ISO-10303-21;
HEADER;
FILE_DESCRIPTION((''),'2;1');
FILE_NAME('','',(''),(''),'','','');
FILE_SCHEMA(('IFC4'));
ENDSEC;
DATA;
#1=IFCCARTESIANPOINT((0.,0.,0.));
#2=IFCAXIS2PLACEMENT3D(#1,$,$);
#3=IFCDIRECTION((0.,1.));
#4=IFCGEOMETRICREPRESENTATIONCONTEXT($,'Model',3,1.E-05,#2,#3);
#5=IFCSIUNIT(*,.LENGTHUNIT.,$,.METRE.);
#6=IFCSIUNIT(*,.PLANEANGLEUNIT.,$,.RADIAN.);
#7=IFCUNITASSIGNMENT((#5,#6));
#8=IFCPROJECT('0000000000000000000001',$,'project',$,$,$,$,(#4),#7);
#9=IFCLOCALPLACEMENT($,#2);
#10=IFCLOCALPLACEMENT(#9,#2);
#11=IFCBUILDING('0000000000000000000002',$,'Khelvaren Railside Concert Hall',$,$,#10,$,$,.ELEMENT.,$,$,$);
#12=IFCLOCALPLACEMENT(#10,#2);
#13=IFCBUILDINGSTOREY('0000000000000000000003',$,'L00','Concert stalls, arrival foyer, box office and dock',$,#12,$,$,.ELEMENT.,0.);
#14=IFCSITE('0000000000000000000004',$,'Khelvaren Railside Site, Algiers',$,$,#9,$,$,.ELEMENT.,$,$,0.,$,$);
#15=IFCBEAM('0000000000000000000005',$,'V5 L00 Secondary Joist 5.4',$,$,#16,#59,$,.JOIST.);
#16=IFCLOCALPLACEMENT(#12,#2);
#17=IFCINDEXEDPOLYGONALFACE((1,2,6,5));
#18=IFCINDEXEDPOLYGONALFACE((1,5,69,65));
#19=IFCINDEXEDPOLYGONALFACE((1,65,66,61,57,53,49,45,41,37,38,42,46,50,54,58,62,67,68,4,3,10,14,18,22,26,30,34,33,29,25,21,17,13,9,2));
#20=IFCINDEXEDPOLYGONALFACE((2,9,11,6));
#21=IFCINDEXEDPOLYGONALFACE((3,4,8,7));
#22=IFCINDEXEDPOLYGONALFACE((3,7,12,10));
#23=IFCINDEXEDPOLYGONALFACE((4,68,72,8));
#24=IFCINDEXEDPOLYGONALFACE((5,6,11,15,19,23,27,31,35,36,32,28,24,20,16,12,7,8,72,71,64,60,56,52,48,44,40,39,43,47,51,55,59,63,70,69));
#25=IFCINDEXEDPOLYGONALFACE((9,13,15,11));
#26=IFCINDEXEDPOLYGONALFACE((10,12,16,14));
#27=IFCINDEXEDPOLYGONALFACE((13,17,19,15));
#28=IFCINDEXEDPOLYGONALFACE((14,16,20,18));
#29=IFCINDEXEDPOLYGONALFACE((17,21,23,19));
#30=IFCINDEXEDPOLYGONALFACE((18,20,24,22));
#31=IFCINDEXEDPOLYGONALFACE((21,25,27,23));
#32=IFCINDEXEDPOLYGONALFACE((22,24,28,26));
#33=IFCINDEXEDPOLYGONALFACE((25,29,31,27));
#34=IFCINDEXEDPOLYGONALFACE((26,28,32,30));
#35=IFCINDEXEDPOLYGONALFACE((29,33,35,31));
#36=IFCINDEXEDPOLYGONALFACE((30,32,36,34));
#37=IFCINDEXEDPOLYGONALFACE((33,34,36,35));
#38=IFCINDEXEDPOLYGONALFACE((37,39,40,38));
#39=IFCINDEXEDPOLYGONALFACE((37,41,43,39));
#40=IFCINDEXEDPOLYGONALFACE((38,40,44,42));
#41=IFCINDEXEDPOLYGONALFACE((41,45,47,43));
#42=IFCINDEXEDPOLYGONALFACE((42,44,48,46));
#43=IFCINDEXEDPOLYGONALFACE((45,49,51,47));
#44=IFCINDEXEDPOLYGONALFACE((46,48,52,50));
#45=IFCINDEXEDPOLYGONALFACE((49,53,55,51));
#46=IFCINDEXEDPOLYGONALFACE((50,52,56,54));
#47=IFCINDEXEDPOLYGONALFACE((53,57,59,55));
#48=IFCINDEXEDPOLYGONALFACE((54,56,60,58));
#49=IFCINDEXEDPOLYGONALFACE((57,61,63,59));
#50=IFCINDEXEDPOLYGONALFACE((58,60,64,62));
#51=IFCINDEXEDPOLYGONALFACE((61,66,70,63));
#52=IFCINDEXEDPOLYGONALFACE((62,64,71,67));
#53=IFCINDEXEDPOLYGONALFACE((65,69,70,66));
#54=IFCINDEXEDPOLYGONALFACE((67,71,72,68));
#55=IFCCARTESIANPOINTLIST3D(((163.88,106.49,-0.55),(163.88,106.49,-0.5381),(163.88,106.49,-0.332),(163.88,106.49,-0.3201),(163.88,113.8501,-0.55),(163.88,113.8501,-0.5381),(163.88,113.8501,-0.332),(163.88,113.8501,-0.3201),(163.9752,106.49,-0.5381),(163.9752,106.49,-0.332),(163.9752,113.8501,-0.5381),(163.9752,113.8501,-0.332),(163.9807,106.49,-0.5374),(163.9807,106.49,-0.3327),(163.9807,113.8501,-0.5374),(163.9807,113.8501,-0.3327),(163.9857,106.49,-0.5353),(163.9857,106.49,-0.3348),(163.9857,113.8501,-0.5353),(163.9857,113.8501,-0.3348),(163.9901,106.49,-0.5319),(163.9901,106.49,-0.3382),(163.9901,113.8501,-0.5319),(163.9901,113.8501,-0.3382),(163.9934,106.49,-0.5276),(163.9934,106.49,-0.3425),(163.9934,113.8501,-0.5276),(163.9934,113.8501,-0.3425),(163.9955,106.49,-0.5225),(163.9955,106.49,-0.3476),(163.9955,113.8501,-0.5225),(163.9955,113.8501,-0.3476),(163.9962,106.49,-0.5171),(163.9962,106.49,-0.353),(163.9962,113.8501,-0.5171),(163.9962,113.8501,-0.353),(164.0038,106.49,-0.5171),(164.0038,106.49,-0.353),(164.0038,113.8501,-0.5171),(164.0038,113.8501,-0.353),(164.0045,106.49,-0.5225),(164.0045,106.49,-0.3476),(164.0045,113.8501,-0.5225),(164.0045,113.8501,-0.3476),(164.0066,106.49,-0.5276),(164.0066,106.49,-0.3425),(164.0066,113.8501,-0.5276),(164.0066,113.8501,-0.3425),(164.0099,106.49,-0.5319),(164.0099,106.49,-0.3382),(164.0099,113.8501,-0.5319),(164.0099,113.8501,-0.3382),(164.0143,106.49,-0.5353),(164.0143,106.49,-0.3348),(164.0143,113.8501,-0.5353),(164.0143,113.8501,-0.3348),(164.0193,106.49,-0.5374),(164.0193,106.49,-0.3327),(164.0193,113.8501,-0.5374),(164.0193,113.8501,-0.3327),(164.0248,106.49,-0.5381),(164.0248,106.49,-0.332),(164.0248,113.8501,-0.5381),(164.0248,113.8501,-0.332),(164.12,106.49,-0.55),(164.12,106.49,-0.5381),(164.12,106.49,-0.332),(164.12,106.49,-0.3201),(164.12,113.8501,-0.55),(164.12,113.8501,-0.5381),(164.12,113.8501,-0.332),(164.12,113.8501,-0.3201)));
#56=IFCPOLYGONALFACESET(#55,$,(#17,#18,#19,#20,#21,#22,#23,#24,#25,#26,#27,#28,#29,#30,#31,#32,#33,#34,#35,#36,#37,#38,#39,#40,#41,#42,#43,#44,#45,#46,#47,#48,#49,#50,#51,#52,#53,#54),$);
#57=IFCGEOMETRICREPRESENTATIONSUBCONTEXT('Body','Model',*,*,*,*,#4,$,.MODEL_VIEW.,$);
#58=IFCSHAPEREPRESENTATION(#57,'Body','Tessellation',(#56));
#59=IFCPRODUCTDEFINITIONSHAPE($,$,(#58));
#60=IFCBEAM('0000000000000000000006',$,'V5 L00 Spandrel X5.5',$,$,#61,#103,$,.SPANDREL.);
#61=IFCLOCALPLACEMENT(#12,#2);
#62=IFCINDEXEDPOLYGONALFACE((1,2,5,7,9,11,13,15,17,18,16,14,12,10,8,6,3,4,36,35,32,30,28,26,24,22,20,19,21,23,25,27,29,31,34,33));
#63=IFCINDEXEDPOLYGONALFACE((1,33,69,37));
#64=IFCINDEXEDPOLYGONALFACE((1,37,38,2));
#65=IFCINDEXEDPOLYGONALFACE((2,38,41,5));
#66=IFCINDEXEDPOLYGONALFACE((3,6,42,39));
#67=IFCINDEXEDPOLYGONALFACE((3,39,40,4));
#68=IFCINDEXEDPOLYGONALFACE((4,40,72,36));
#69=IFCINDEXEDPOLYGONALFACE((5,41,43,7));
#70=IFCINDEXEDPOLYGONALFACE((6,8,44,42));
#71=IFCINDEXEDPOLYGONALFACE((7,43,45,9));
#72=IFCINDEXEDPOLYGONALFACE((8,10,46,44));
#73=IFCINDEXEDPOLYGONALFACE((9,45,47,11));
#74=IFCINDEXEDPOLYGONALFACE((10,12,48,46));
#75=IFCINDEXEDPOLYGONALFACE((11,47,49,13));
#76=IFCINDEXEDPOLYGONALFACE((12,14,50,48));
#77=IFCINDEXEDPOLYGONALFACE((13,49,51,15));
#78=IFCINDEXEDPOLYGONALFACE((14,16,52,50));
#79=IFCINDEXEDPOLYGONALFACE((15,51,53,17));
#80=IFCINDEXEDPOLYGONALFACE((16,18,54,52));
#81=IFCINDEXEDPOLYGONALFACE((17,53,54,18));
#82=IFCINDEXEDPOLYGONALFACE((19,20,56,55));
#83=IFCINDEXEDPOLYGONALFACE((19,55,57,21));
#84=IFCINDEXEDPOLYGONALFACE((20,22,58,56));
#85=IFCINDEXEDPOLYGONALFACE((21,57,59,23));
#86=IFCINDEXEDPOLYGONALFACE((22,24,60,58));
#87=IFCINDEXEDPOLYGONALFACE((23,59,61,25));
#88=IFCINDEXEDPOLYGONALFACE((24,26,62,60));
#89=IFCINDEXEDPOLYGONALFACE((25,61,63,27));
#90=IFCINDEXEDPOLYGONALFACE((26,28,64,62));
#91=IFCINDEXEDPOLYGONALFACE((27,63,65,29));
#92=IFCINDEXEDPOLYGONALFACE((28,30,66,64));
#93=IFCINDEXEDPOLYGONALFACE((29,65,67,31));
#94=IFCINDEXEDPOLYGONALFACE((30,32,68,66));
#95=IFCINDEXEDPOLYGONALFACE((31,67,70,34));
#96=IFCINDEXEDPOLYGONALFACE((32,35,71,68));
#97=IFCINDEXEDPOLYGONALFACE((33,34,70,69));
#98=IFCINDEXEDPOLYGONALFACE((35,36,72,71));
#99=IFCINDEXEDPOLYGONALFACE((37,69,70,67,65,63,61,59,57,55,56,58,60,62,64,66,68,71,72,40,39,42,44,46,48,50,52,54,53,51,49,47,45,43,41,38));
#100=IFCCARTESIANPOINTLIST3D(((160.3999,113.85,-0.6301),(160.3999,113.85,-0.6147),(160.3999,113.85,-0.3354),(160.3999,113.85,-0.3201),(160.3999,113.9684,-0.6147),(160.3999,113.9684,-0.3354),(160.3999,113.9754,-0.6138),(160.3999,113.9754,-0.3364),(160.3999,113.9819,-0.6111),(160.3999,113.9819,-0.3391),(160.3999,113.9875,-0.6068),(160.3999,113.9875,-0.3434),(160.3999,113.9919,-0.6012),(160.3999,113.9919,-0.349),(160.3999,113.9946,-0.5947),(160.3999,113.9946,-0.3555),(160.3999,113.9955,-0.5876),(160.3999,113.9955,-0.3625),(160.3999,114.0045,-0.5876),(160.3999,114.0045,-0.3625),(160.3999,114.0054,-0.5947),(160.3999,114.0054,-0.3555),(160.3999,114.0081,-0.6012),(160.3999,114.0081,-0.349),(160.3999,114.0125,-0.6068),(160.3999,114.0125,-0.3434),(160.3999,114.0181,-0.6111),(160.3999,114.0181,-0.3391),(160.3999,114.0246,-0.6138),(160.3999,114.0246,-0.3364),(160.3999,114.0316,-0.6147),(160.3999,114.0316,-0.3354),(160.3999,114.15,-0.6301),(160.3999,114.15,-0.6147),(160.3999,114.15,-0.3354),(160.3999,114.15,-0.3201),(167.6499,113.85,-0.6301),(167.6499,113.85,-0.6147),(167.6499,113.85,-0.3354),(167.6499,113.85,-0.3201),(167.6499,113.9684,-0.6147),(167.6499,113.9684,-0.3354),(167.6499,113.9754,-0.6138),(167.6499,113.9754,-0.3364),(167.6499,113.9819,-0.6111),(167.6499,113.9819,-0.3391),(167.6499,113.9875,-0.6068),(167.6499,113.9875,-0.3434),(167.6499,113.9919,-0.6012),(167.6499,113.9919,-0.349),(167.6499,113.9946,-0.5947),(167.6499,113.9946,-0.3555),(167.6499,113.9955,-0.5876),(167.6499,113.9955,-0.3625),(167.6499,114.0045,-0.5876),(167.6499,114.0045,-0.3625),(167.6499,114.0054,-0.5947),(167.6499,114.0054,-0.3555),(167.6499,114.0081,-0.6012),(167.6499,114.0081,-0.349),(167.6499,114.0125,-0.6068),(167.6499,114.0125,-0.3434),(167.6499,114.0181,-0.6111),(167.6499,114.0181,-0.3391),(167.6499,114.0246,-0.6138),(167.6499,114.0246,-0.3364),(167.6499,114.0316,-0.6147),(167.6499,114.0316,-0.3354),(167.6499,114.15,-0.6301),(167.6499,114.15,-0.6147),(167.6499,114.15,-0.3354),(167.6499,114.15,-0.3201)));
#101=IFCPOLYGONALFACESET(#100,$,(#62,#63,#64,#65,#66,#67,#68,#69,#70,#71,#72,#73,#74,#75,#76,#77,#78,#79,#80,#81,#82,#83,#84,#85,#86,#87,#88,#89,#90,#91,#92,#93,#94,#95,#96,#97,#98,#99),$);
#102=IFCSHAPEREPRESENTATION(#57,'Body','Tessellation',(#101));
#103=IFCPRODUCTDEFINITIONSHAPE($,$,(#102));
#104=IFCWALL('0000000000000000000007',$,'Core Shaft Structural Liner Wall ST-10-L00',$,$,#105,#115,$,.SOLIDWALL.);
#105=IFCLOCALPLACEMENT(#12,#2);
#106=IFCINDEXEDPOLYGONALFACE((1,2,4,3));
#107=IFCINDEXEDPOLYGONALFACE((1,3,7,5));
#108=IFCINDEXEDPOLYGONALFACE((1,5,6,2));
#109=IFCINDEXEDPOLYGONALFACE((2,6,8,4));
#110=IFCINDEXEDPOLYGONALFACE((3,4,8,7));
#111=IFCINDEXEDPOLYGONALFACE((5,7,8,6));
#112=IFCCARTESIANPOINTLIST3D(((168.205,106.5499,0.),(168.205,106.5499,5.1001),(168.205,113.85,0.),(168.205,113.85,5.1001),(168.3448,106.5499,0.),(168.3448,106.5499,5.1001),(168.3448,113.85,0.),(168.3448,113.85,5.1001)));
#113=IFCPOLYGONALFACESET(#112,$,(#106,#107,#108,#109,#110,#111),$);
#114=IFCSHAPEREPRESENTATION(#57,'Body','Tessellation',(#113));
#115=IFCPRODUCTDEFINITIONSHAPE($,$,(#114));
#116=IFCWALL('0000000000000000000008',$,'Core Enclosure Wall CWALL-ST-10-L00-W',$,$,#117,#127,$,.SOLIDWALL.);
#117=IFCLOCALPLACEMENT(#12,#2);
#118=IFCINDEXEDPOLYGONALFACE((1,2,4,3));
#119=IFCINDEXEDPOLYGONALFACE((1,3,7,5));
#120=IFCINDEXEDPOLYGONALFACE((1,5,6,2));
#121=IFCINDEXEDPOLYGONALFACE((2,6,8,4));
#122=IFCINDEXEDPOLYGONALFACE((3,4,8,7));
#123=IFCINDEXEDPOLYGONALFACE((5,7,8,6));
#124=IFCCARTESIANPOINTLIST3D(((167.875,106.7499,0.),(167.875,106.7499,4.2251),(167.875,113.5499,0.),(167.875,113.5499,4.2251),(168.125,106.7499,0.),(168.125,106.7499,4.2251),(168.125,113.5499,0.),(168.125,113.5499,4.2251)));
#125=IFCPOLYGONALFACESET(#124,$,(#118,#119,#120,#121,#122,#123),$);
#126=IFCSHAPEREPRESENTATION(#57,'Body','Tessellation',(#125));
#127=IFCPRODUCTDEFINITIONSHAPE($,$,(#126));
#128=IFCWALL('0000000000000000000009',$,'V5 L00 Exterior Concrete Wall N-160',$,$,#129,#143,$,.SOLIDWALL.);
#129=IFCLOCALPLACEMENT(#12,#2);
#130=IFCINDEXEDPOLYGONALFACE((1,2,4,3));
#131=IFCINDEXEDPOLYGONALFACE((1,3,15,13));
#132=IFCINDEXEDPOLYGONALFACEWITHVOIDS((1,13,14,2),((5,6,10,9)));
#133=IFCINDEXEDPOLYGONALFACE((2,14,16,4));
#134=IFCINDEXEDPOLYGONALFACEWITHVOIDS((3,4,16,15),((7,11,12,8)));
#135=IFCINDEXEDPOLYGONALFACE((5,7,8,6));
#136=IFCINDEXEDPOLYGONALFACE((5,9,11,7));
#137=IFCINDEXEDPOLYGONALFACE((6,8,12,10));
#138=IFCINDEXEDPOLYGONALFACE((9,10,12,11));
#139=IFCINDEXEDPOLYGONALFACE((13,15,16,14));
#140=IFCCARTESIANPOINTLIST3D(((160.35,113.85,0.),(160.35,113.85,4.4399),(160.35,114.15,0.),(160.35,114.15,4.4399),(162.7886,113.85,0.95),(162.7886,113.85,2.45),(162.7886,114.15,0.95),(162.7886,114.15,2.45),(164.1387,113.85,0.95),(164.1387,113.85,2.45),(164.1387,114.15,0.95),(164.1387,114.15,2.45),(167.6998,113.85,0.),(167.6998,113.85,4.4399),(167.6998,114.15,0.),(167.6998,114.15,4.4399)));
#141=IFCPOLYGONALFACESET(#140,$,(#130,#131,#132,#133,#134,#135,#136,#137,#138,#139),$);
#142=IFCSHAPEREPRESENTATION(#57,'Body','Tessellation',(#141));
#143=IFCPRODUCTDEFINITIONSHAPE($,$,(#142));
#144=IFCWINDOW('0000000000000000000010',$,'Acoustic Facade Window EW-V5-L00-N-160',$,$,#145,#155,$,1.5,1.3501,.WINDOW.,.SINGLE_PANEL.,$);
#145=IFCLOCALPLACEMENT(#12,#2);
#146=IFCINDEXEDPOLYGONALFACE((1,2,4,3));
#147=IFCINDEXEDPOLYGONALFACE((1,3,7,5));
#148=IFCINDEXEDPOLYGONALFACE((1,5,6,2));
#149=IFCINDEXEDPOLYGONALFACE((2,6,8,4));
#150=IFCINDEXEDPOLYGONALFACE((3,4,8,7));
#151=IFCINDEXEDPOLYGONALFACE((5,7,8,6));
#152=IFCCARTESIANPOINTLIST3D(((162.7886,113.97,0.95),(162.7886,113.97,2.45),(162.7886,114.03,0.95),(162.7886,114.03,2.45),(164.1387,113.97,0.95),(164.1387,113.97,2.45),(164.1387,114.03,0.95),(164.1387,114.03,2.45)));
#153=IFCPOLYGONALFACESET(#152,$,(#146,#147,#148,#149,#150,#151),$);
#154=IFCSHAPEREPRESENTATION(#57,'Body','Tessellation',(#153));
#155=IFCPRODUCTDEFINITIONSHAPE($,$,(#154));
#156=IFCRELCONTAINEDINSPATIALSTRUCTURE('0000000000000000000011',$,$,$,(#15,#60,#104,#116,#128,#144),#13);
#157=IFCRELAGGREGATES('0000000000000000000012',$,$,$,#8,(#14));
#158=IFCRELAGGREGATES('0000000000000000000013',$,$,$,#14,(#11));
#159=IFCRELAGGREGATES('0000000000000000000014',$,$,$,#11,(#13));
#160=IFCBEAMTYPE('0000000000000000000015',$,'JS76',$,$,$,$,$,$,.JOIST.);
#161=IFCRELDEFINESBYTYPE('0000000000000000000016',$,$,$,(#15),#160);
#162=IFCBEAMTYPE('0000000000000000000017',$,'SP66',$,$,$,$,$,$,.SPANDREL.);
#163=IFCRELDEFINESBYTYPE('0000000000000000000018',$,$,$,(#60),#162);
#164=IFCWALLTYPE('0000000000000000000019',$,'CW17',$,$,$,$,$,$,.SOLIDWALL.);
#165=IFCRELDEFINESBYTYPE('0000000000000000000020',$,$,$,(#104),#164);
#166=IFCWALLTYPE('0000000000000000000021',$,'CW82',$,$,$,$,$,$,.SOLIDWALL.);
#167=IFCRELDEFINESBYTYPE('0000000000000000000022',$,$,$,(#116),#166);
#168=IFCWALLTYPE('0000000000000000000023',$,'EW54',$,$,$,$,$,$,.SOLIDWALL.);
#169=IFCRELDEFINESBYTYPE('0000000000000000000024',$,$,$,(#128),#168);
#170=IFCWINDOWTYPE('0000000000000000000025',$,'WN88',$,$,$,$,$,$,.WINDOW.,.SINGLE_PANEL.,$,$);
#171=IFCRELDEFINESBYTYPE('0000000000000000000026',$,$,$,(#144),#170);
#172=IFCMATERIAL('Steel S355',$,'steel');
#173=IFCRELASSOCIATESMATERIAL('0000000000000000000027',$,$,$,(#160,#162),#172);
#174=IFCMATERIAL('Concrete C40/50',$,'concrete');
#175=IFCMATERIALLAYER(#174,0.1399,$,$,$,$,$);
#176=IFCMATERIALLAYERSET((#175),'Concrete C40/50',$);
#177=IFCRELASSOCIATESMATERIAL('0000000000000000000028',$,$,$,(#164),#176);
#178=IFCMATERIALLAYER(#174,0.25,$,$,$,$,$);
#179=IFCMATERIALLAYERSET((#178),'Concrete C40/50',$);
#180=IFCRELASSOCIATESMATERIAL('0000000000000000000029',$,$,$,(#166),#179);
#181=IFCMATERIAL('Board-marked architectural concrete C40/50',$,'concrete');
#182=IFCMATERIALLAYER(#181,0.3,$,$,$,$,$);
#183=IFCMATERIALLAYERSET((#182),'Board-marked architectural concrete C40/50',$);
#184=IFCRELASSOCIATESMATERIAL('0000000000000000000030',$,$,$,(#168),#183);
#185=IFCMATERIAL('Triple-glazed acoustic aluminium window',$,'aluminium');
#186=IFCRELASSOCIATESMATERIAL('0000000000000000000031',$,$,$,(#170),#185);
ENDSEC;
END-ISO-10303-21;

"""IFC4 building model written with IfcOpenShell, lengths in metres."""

from ifc_helpers import new_model, si_unit, direction, frame, frame_2d, origin, origin_2d, place, context, subcontext, project, spatial, rectangle, i_section, extrude, material, layer, layer_set, material_profile, profile_set, type_object, element, fill, save


model = new_model("IFC4")

# Units and contexts
model_context = context("Model", 3, precision=1e-05, world=origin(), true_north=direction((0.0, 1.0)))
body_context = subcontext(model_context, "Body", "Model", "MODEL_VIEW")
ifc_project = project(units=[si_unit("LENGTHUNIT", "METRE"), si_unit("PLANEANGLEUNIT", "RADIAN")], contexts=[model_context])

# Site, building, storey
site_placement = place(None, origin())
site = spatial("IfcSite", under=ifc_project, at=site_placement, Name="Khelvaren Railside Site, Algiers", CompositionType="ELEMENT", RefElevation=0.0)
building_placement = place(site_placement, origin())
building = spatial("IfcBuilding", under=site, at=building_placement, Name="Khelvaren Railside Concert Hall", CompositionType="ELEMENT")
storey_placement = place(building_placement, origin())
storey = spatial("IfcBuildingStorey", under=building, at=storey_placement, Name="L00", Description="Concert stalls, arrival foyer, box office and dock", CompositionType="ELEMENT", Elevation=0.0)

# Beams
ifc_material_1 = material(Name="Steel S355", Category="steel")
ifc_material_profile_1 = material_profile(ifc_material_1, i_section(OverallWidth=0.24, OverallDepth=0.23, WebThickness=0.0076, FlangeThickness=0.012, FilletRadius=0.021, at=origin_2d()), Name="HEA 240")
ifc_profile_set_1 = profile_set([ifc_material_profile_1], Name="Steel S355")
beam_type_1 = type_object("IfcBeamType", Name="JS76", PredefinedType="JOIST", material=ifc_profile_set_1)
beam_1_placement = place(storey_placement, frame((164.0, 106.49, -0.4351), z_axis=(0.0, 1.0, 0.0), x_axis=(-1.0, 0.0, 0.0)))
element("IfcBeam", 1, at=beam_1_placement, inside=storey, type_object=beam_type_1, Name="V5 L00 Secondary Joist 5.4", PredefinedType="JOIST", context=body_context, shape_type="SweptSolid", body=[
    extrude(i_section(OverallWidth=0.24, OverallDepth=0.23, WebThickness=0.0076, FlangeThickness=0.012, FilletRadius=0.021, at=origin_2d()), origin(), (0.0, 0.0, 1.0), 7.3601),
])
ifc_material_profile_2 = material_profile(ifc_material_1, i_section(OverallWidth=0.3, OverallDepth=0.3101, WebThickness=0.009, FlangeThickness=0.0154, FilletRadius=0.0271, at=origin_2d()), Name="HEA 320")
ifc_profile_set_2 = profile_set([ifc_material_profile_2], Name="Steel S355")
beam_type_2 = type_object("IfcBeamType", Name="SP66", PredefinedType="SPANDREL", material=ifc_profile_set_2)
beam_2_placement = place(storey_placement, frame((160.3999, 114.0, -0.4751), z_axis=(1.0, 0.0, 0.0), x_axis=(0.0, 1.0, 0.0)))
element("IfcBeam", 2, at=beam_2_placement, inside=storey, type_object=beam_type_2, Name="V5 L00 Spandrel X5.5", PredefinedType="SPANDREL", context=body_context, shape_type="SweptSolid", body=[
    extrude(i_section(OverallWidth=0.3, OverallDepth=0.3101, WebThickness=0.009, FlangeThickness=0.0154, FilletRadius=0.0271, at=origin_2d()), origin(), (0.0, 0.0, 1.0), 7.25),
])

# Walls
ifc_material_2 = material(Name="Concrete C40/50", Category="concrete")
ifc_layer_1 = layer(ifc_material_2, 0.1399)
ifc_layer_set_1 = layer_set([ifc_layer_1], Name="Concrete C40/50")
wall_type_1 = type_object("IfcWallType", Name="CW17", PredefinedType="SOLIDWALL", material=ifc_layer_set_1)
wall_1_placement = place(storey_placement, frame((168.2749, 106.55, 0.0), z_axis=(0.0, 0.0, 1.0), x_axis=(0.0, 1.0, 0.0)))
element("IfcWall", 3, at=wall_1_placement, inside=storey, type_object=wall_type_1, Name="Core Shaft Structural Liner Wall ST-10-L00", PredefinedType="SOLIDWALL", context=body_context, shape_type="SweptSolid", body=[
    extrude(rectangle(XDim=7.3, YDim=0.1399, at=frame_2d((3.6499, 0.0))), origin(), (0.0, 0.0, 1.0), 5.1001),
])
ifc_layer_2 = layer(ifc_material_2, 0.25)
ifc_layer_set_2 = layer_set([ifc_layer_2], Name="Concrete C40/50")
wall_type_2 = type_object("IfcWallType", Name="CW82", PredefinedType="SOLIDWALL", material=ifc_layer_set_2)
wall_2_placement = place(storey_placement, frame((168.0, 106.75, 0.0), z_axis=(0.0, 0.0, 1.0), x_axis=(0.0, 1.0, 0.0)))
element("IfcWall", 4, at=wall_2_placement, inside=storey, type_object=wall_type_2, Name="Core Enclosure Wall CWALL-ST-10-L00-W", PredefinedType="SOLIDWALL", context=body_context, shape_type="SweptSolid", body=[
    extrude(rectangle(XDim=6.8, YDim=0.25, at=frame_2d((3.3999, 0.0))), origin(), (0.0, 0.0, 1.0), 4.2251),
])

# Wall, opening, window
ifc_material_3 = material(Name="Board-marked architectural concrete C40/50", Category="concrete")
ifc_layer_3 = layer(ifc_material_3, 0.3)
ifc_layer_set_3 = layer_set([ifc_layer_3], Name="Board-marked architectural concrete C40/50")
wall_type_3 = type_object("IfcWallType", Name="EW54", PredefinedType="SOLIDWALL", material=ifc_layer_set_3)
wall_3_placement = place(storey_placement, frame((160.3501, 114.0, 0.0), z_axis=(0.0, 0.0, 1.0), x_axis=(1.0, 0.0, 0.0)))
wall_3 = element("IfcWall", 5, at=wall_3_placement, inside=storey, type_object=wall_type_3, Name="V5 L00 Exterior Concrete Wall N-160", PredefinedType="SOLIDWALL", context=body_context, shape_type="SweptSolid", body=[
    extrude(rectangle(XDim=7.3499, YDim=0.3, at=frame_2d((3.6748, 0.0))), origin(), (0.0, 0.0, 1.0), 4.4399),
])
opening_1_placement = place(wall_3_placement, frame((2.4385, 0.0, 0.95)))
opening_1 = element("IfcOpeningElement", 6, at=opening_1_placement, cuts=wall_3, PredefinedType="OPENING", context=body_context, shape_type="SweptSolid", body=[
    extrude(rectangle(XDim=1.3501, YDim=1.5, at=frame_2d((0.675, 0.75))), frame((0.0, 0.1599, 0.0), z_axis=(0.0, -1.0, 0.0), x_axis=(1.0, 0.0, 0.0)), (0.0, 0.0, 1.0), 0.3201),
])
ifc_material_4 = material(Name="Triple-glazed acoustic aluminium window", Category="aluminium")
window_type = type_object("IfcWindowType", Name="WN88", PartitioningType="SINGLE_PANEL", PredefinedType="WINDOW", material=ifc_material_4)
window_placement = place(opening_1_placement, origin())
window = element("IfcWindow", 7, at=window_placement, inside=storey, type_object=window_type, Name="Acoustic Facade Window EW-V5-L00-N-160", OverallHeight=1.5, OverallWidth=1.3501, PartitioningType="SINGLE_PANEL", PredefinedType="WINDOW", context=body_context, shape_type="SweptSolid", body=[
    extrude(rectangle(XDim=1.3501, YDim=1.5, at=frame_2d((0.675, 0.75))), frame((0.0, 0.03, 0.0), z_axis=(0.0, -1.0, 0.0), x_axis=(1.0, 0.0, 0.0)), (0.0, 0.0, 1.0), 0.0601),
])
fill(opening_1, window)

save(model, "model.ifc")
